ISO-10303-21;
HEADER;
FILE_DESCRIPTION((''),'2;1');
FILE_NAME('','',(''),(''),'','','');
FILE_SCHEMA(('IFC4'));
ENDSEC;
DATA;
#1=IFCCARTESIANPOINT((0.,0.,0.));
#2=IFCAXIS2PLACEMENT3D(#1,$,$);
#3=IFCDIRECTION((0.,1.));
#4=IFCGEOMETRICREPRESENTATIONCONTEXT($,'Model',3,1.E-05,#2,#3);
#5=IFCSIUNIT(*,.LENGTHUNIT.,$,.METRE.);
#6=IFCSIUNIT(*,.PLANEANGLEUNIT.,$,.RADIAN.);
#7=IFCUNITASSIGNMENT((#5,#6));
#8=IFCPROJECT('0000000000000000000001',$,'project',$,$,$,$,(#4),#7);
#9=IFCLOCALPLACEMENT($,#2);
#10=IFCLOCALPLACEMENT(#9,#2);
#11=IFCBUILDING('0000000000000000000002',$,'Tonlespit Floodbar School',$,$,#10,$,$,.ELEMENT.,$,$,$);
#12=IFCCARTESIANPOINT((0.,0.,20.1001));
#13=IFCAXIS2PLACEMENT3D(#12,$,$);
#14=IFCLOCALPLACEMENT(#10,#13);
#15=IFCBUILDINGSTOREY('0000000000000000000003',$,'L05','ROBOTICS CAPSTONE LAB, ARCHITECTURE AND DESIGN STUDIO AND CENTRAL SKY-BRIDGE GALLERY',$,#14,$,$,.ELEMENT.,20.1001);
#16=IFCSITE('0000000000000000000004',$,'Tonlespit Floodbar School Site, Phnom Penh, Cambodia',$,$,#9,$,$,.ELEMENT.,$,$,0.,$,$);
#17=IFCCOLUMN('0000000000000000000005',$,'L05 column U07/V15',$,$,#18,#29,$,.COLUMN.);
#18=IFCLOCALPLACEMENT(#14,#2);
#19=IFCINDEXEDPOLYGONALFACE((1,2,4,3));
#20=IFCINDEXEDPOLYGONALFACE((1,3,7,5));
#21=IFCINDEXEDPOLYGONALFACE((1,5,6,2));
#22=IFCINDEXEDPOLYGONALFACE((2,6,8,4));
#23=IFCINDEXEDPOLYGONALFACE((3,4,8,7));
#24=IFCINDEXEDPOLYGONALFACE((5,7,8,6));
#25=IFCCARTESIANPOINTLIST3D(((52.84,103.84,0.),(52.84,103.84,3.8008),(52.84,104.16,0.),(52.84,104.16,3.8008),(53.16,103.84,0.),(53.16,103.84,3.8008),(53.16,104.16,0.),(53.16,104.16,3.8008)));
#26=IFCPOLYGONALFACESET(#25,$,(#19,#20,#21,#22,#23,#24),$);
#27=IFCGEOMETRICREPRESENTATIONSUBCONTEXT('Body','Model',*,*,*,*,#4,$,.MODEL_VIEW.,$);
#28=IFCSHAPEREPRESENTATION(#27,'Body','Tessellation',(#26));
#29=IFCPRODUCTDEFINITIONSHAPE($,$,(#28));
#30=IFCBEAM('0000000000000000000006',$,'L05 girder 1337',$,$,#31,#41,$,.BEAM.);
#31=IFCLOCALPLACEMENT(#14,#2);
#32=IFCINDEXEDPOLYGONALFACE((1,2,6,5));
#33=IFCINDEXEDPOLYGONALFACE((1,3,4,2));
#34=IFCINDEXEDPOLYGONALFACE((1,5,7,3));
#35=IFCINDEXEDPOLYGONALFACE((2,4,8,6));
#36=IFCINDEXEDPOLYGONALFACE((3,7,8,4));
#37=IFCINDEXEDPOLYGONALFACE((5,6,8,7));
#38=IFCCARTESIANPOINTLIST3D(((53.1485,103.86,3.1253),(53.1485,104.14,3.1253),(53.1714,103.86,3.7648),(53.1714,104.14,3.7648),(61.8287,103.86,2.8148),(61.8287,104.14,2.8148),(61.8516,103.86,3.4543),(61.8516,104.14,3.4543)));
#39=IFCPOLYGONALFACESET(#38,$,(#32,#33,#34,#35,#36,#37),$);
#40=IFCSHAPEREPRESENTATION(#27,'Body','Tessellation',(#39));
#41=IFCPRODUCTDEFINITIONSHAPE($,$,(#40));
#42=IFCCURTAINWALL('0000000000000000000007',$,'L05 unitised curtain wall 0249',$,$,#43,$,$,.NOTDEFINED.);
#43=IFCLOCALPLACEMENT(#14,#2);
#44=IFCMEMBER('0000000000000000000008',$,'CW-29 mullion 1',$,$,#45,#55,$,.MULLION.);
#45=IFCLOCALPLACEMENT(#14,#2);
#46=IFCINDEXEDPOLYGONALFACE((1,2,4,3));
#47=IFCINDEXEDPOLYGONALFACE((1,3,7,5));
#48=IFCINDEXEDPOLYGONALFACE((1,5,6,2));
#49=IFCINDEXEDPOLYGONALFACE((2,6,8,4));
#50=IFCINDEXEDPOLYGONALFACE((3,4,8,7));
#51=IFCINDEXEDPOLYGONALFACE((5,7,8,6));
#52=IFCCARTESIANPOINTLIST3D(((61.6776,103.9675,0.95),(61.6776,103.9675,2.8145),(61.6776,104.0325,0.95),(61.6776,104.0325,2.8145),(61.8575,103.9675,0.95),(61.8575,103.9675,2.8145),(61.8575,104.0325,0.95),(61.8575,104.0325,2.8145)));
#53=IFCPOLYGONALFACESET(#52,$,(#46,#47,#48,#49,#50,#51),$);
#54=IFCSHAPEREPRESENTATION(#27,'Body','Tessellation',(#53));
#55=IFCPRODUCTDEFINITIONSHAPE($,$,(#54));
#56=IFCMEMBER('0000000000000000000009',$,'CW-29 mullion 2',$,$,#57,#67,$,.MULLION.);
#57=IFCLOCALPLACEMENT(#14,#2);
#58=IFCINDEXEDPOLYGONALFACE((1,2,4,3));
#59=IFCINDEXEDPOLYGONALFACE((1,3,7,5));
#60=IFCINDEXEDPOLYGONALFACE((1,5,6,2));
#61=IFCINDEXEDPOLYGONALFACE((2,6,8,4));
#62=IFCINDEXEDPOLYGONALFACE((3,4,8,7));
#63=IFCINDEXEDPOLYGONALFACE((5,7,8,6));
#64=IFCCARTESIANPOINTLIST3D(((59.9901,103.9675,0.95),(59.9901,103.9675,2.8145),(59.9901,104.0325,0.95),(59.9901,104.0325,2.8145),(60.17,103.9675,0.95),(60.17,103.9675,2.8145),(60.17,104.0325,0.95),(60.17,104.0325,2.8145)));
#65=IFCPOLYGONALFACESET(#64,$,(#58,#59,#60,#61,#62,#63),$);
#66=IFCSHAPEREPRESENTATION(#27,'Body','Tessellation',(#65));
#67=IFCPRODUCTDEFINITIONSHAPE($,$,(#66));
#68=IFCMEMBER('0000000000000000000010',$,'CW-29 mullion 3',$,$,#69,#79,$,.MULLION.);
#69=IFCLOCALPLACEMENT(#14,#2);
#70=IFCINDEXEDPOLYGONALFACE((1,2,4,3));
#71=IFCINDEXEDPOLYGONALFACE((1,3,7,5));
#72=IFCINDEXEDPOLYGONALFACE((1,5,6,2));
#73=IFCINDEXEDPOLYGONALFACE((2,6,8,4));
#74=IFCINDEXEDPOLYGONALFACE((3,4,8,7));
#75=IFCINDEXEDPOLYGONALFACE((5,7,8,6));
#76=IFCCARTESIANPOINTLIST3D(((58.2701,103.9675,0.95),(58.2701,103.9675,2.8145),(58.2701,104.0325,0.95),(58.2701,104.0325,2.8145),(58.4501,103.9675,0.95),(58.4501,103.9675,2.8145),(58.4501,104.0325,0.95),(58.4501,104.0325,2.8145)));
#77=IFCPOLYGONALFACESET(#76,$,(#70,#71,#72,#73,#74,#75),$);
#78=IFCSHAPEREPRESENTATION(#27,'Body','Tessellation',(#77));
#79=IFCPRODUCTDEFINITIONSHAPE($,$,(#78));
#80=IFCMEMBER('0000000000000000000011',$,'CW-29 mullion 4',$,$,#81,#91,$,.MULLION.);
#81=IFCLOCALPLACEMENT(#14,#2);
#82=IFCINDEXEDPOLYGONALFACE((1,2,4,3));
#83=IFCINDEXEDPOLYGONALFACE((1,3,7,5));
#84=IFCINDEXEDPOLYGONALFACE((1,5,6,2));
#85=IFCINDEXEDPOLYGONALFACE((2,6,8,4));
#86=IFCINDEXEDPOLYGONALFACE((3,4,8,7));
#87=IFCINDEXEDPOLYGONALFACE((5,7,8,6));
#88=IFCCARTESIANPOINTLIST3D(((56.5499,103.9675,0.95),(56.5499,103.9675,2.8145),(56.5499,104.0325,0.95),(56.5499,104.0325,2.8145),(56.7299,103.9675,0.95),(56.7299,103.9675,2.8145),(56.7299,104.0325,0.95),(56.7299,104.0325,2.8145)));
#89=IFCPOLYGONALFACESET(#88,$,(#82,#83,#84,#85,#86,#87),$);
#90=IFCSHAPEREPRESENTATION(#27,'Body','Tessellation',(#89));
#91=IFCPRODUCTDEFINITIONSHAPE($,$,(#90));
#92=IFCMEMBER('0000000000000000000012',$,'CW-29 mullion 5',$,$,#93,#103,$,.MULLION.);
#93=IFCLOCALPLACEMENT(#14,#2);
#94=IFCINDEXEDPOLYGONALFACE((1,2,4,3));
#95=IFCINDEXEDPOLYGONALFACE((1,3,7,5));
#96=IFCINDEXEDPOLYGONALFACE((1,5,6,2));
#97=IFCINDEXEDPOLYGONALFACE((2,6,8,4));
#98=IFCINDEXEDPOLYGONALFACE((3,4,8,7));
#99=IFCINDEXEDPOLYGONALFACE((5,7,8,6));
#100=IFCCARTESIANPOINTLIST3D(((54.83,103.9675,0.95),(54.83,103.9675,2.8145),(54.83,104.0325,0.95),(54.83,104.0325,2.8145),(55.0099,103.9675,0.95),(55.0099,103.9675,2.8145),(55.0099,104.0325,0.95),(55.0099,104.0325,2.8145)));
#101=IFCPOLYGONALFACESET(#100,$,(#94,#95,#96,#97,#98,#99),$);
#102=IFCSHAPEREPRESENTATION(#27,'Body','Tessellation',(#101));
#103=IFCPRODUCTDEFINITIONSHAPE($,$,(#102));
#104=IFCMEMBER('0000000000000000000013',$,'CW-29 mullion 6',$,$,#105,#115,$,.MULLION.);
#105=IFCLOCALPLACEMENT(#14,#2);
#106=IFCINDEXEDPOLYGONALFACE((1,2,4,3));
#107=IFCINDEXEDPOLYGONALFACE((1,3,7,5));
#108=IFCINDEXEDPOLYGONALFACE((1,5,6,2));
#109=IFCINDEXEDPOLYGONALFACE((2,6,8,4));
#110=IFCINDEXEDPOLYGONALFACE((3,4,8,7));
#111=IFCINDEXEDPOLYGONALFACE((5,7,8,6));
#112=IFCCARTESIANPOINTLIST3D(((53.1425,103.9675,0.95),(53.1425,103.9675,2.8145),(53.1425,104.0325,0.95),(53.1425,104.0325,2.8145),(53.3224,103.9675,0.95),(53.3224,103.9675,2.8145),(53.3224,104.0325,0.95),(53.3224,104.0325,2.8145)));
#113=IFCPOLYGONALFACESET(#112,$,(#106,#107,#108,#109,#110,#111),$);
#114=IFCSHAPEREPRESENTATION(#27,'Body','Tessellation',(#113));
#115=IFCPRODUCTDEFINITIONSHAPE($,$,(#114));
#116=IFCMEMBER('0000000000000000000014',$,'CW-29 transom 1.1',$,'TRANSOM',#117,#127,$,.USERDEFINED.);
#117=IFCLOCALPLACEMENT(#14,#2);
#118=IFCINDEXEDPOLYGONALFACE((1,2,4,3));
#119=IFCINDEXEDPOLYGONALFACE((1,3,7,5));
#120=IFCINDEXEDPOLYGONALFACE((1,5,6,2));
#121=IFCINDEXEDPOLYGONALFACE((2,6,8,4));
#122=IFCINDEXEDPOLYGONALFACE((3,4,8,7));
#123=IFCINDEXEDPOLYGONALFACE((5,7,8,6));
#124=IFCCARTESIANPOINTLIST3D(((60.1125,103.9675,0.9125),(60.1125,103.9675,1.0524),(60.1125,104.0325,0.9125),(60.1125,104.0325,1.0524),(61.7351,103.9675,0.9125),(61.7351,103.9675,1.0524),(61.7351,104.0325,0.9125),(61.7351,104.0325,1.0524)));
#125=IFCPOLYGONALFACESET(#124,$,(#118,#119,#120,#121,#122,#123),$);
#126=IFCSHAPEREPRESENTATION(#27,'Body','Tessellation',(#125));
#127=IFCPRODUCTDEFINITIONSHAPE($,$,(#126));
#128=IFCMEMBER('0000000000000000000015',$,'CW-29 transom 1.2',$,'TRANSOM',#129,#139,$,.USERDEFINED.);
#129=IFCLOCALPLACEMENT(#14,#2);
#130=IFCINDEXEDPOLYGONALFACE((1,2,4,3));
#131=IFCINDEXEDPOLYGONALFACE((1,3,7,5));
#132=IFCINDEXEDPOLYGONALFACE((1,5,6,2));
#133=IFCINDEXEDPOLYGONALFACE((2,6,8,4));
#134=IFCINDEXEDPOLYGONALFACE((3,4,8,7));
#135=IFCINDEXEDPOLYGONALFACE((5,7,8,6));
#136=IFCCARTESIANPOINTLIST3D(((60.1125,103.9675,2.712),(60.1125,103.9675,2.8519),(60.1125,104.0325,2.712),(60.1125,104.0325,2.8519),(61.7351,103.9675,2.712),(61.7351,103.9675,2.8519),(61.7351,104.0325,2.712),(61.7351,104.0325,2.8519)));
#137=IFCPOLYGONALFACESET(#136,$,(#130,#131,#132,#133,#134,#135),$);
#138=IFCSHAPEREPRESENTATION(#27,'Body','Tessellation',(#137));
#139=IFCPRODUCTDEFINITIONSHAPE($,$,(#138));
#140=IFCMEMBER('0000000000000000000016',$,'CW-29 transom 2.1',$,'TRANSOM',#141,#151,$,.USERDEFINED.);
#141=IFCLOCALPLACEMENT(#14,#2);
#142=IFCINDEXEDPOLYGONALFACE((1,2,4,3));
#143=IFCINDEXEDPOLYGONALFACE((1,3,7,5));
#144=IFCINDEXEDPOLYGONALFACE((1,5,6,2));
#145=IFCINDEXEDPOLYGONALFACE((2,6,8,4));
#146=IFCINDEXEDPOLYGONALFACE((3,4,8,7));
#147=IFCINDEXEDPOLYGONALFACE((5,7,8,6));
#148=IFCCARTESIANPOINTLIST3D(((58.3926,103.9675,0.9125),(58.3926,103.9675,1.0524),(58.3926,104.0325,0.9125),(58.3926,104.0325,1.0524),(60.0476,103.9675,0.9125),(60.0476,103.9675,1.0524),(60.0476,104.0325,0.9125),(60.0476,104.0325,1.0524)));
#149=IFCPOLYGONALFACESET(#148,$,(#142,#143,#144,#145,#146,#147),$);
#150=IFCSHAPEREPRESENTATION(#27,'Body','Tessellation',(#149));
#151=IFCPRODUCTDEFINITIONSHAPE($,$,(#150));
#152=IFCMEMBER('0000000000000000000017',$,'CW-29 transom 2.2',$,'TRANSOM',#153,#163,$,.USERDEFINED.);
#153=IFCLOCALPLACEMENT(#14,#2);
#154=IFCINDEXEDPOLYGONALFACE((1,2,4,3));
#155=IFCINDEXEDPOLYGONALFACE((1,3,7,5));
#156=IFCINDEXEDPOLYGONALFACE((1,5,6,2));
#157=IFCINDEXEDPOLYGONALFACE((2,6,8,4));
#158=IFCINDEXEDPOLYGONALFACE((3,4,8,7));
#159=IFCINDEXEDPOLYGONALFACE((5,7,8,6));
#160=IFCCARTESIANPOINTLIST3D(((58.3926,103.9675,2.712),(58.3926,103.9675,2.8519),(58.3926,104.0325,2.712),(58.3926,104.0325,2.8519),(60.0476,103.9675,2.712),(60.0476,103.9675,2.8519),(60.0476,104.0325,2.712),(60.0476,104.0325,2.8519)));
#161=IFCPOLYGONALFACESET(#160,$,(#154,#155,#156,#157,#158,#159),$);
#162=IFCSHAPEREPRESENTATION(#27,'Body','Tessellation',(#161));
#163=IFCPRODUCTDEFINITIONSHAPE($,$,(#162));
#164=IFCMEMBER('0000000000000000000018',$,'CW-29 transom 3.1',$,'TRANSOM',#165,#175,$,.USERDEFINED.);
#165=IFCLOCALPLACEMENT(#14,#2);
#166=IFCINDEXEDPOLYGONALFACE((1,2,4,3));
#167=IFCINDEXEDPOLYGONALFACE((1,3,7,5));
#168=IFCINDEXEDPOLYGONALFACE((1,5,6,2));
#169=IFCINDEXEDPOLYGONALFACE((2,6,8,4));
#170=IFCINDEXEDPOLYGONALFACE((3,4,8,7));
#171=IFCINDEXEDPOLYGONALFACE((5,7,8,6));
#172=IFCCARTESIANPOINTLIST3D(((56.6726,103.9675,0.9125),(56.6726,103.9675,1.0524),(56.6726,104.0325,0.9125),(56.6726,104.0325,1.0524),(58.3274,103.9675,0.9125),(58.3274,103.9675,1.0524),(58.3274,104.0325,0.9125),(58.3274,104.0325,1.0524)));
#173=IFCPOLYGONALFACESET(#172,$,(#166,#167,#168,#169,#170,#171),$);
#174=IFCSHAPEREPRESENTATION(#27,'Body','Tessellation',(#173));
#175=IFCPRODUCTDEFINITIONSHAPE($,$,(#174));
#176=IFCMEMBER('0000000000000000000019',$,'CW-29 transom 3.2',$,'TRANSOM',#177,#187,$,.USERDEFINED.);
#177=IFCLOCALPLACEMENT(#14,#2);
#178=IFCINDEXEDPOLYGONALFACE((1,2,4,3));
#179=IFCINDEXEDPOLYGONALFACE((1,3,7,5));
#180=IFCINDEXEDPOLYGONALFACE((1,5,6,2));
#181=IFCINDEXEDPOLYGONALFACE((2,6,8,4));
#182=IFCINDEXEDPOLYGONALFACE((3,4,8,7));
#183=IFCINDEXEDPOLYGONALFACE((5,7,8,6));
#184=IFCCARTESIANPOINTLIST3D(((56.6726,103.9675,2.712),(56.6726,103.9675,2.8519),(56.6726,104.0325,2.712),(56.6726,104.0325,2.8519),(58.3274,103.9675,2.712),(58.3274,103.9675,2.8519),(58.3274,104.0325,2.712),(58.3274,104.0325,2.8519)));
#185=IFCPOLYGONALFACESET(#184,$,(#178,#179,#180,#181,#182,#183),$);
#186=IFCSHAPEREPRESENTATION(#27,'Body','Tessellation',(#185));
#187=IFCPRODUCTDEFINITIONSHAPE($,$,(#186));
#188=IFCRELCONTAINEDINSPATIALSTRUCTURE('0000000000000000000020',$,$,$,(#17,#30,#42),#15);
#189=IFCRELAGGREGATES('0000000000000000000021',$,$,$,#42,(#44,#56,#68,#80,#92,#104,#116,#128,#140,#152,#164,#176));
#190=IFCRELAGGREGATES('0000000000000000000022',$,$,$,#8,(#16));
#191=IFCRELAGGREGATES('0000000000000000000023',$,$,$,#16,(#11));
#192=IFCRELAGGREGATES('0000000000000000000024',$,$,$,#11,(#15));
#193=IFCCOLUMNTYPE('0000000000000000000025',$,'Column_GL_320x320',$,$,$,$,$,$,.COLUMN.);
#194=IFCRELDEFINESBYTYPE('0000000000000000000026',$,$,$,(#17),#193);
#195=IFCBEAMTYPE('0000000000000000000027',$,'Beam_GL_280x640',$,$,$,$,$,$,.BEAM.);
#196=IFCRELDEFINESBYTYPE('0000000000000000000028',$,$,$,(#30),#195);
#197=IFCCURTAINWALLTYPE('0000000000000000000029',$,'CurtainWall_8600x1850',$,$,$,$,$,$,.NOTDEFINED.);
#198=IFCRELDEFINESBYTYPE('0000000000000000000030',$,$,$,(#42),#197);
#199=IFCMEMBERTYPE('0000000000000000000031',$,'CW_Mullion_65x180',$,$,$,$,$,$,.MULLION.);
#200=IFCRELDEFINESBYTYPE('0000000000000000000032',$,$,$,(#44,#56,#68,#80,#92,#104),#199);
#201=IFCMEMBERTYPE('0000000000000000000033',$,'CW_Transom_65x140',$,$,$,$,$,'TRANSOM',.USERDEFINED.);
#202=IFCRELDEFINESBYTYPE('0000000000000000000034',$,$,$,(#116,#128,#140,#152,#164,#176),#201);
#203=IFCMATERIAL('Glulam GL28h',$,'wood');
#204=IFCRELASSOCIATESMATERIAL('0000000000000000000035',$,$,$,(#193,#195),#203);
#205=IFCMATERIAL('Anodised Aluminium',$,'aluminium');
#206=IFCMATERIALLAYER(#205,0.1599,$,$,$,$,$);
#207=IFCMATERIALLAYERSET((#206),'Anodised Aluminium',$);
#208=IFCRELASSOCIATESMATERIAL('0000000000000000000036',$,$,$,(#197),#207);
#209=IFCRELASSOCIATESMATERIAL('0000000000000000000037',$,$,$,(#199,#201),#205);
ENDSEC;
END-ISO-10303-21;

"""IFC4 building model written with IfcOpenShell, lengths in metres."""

from ifc_helpers import new_model, si_unit, direction, frame, origin, origin_2d, place, context, subcontext, project, spatial, rectangle, extrude, material, layer, layer_set, material_profile, profile_set, type_object, element, aggregate, save


model = new_model("IFC4")

# Units and contexts
model_context = context("Model", 3, precision=1e-05, world=origin(), true_north=direction((0.0, 1.0)))
body_context = subcontext(model_context, "Body", "Model", "MODEL_VIEW")
ifc_project = project(units=[si_unit("LENGTHUNIT", "METRE"), si_unit("PLANEANGLEUNIT", "RADIAN")], contexts=[model_context])

# Site, building, storey
site_placement = place(None, origin())
site = spatial("IfcSite", under=ifc_project, at=site_placement, Name="Tonlespit Floodbar School Site, Phnom Penh, Cambodia", CompositionType="ELEMENT", RefElevation=0.0)
building_placement = place(site_placement, origin())
building = spatial("IfcBuilding", under=site, at=building_placement, Name="Tonlespit Floodbar School", CompositionType="ELEMENT")
storey_placement = place(building_placement, frame((0.0, 0.0, 20.1001)))
storey = spatial("IfcBuildingStorey", under=building, at=storey_placement, Name="L05", Description="ROBOTICS CAPSTONE LAB, ARCHITECTURE AND DESIGN STUDIO AND CENTRAL SKY-BRIDGE GALLERY", CompositionType="ELEMENT", Elevation=20.1001)

# Column
ifc_material_1 = material(Name="Glulam GL28h", Category="wood")
ifc_material_profile_1 = material_profile(ifc_material_1, rectangle(XDim=0.3201, YDim=0.3201, at=origin_2d()), Name="GL 320x320")
ifc_profile_set_1 = profile_set([ifc_material_profile_1], Name="Glulam GL28h")
column_type = type_object("IfcColumnType", Name="Column_GL_320x320", PredefinedType="COLUMN", material=ifc_profile_set_1)
column_placement = place(storey_placement, frame((53.0, 104.0, 0.0), z_axis=(0.0, 0.0, 1.0), x_axis=(1.0, 0.0, 0.0)))
element("IfcColumn", 1, at=column_placement, inside=storey, type_object=column_type, Name="L05 column U07/V15", PredefinedType="COLUMN", context=body_context, shape_type="SweptSolid", body=[
    extrude(rectangle(XDim=0.3201, YDim=0.3201, at=origin_2d()), origin(), (0.0, 0.0, 1.0), 3.8008),
])

# Beam
ifc_material_profile_2 = material_profile(ifc_material_1, rectangle(XDim=0.28, YDim=0.6399, at=origin_2d()), Name="GL 280x640")
ifc_profile_set_2 = profile_set([ifc_material_profile_2], Name="Glulam GL28h")
beam_type = type_object("IfcBeamType", Name="Beam_GL_280x640", PredefinedType="BEAM", material=ifc_profile_set_2)
beam_placement = place(storey_placement, frame((53.1599, 104.0, 3.4451), z_axis=(0.999361, 0.0, -0.035754), x_axis=(0.0, 1.0, 0.0)))
element("IfcBeam", 2, at=beam_placement, inside=storey, type_object=beam_type, Name="L05 girder 1337", PredefinedType="BEAM", context=body_context, shape_type="SweptSolid", body=[
    extrude(rectangle(XDim=0.28, YDim=0.6399, at=origin_2d()), origin(), (0.0, 0.0, 1.0), 8.6858),
])

# Curtain wall, members
ifc_material_2 = material(Name="Anodised Aluminium", Category="aluminium")
ifc_layer_1 = layer(ifc_material_2, 0.1599)
ifc_layer_set_1 = layer_set([ifc_layer_1], Name="Anodised Aluminium")
curtain_wall_type = type_object("IfcCurtainWallType", Name="CurtainWall_8600x1850", PredefinedType="NOTDEFINED", material=ifc_layer_set_1)
curtain_wall_placement = place(storey_placement, origin())
curtain_wall = element("IfcCurtainWall", 3, at=curtain_wall_placement, inside=storey, type_object=curtain_wall_type, Name="L05 unitised curtain wall 0249", PredefinedType="NOTDEFINED")
ifc_material_profile_3 = material_profile(ifc_material_2, rectangle(XDim=0.0649, YDim=0.1799, at=origin_2d()), Name="ALU M65x180")
ifc_profile_set_3 = profile_set([ifc_material_profile_3], Name="Anodised Aluminium")
member_type_1 = type_object("IfcMemberType", Name="CW_Mullion_65x180", PredefinedType="MULLION", material=ifc_profile_set_3)
member_1_placement = place(storey_placement, frame((61.7676, 104.0, 0.95), z_axis=(0.0, 0.0, 1.0), x_axis=(0.0, -1.0, 0.0)))
member_1 = element("IfcMember", 4, at=member_1_placement, type_object=member_type_1, Name="CW-29 mullion 1", PredefinedType="MULLION", context=body_context, shape_type="SweptSolid", body=[
    extrude(rectangle(XDim=0.0649, YDim=0.1799, at=origin_2d()), origin(), (0.0, 0.0, 1.0), 1.8645),
])
member_2_placement = place(storey_placement, frame((60.0801, 104.0, 0.95), z_axis=(0.0, 0.0, 1.0), x_axis=(0.0, -1.0, 0.0)))
member_2 = element("IfcMember", 5, at=member_2_placement, type_object=member_type_1, Name="CW-29 mullion 2", PredefinedType="MULLION", context=body_context, shape_type="SweptSolid", body=[
    extrude(rectangle(XDim=0.0649, YDim=0.1799, at=origin_2d()), origin(), (0.0, 0.0, 1.0), 1.8645),
])
member_3_placement = place(storey_placement, frame((58.3601, 104.0, 0.95), z_axis=(0.0, 0.0, 1.0), x_axis=(0.0, -1.0, 0.0)))
member_3 = element("IfcMember", 6, at=member_3_placement, type_object=member_type_1, Name="CW-29 mullion 3", PredefinedType="MULLION", context=body_context, shape_type="SweptSolid", body=[
    extrude(rectangle(XDim=0.0649, YDim=0.1799, at=origin_2d()), origin(), (0.0, 0.0, 1.0), 1.8645),
])
member_4_placement = place(storey_placement, frame((56.6399, 104.0, 0.95), z_axis=(0.0, 0.0, 1.0), x_axis=(0.0, -1.0, 0.0)))
member_4 = element("IfcMember", 7, at=member_4_placement, type_object=member_type_1, Name="CW-29 mullion 4", PredefinedType="MULLION", context=body_context, shape_type="SweptSolid", body=[
    extrude(rectangle(XDim=0.0649, YDim=0.1799, at=origin_2d()), origin(), (0.0, 0.0, 1.0), 1.8645),
])
member_5_placement = place(storey_placement, frame((54.9199, 104.0, 0.95), z_axis=(0.0, 0.0, 1.0), x_axis=(0.0, -1.0, 0.0)))
member_5 = element("IfcMember", 8, at=member_5_placement, type_object=member_type_1, Name="CW-29 mullion 5", PredefinedType="MULLION", context=body_context, shape_type="SweptSolid", body=[
    extrude(rectangle(XDim=0.0649, YDim=0.1799, at=origin_2d()), origin(), (0.0, 0.0, 1.0), 1.8645),
])
member_6_placement = place(storey_placement, frame((53.2324, 104.0, 0.95), z_axis=(0.0, 0.0, 1.0), x_axis=(0.0, -1.0, 0.0)))
member_6 = element("IfcMember", 9, at=member_6_placement, type_object=member_type_1, Name="CW-29 mullion 6", PredefinedType="MULLION", context=body_context, shape_type="SweptSolid", body=[
    extrude(rectangle(XDim=0.0649, YDim=0.1799, at=origin_2d()), origin(), (0.0, 0.0, 1.0), 1.8645),
])
ifc_material_profile_4 = material_profile(ifc_material_2, rectangle(XDim=0.0649, YDim=0.1399, at=origin_2d()), Name="ALU T65x140")
ifc_profile_set_4 = profile_set([ifc_material_profile_4], Name="Anodised Aluminium")
member_type_2 = type_object("IfcMemberType", Name="CW_Transom_65x140", ElementType="TRANSOM", PredefinedType="USERDEFINED", material=ifc_profile_set_4)
member_7_placement = place(storey_placement, frame((61.7351, 104.0, 0.9824), z_axis=(-1.0, 0.0, 0.0), x_axis=(0.0, -1.0, 0.0)))
member_7 = element("IfcMember", 10, at=member_7_placement, type_object=member_type_2, Name="CW-29 transom 1.1", ObjectType="TRANSOM", PredefinedType="USERDEFINED", context=body_context, shape_type="SweptSolid", body=[
    extrude(rectangle(XDim=0.0649, YDim=0.1399, at=origin_2d()), origin(), (0.0, 0.0, 1.0), 1.6226),
])
member_8_placement = place(storey_placement, frame((61.7351, 104.0, 2.782), z_axis=(-1.0, 0.0, 0.0), x_axis=(0.0, -1.0, 0.0)))
member_8 = element("IfcMember", 11, at=member_8_placement, type_object=member_type_2, Name="CW-29 transom 1.2", ObjectType="TRANSOM", PredefinedType="USERDEFINED", context=body_context, shape_type="SweptSolid", body=[
    extrude(rectangle(XDim=0.0649, YDim=0.1399, at=origin_2d()), origin(), (0.0, 0.0, 1.0), 1.6226),
])
member_9_placement = place(storey_placement, frame((60.0476, 104.0, 0.9824), z_axis=(-1.0, 0.0, 0.0), x_axis=(0.0, -1.0, 0.0)))
member_9 = element("IfcMember", 12, at=member_9_placement, type_object=member_type_2, Name="CW-29 transom 2.1", ObjectType="TRANSOM", PredefinedType="USERDEFINED", context=body_context, shape_type="SweptSolid", body=[
    extrude(rectangle(XDim=0.0649, YDim=0.1399, at=origin_2d()), origin(), (0.0, 0.0, 1.0), 1.655),
])
member_10_placement = place(storey_placement, frame((60.0476, 104.0, 2.782), z_axis=(-1.0, 0.0, 0.0), x_axis=(0.0, -1.0, 0.0)))
member_10 = element("IfcMember", 13, at=member_10_placement, type_object=member_type_2, Name="CW-29 transom 2.2", ObjectType="TRANSOM", PredefinedType="USERDEFINED", context=body_context, shape_type="SweptSolid", body=[
    extrude(rectangle(XDim=0.0649, YDim=0.1399, at=origin_2d()), origin(), (0.0, 0.0, 1.0), 1.655),
])
member_11_placement = place(storey_placement, frame((58.3274, 104.0, 0.9824), z_axis=(-1.0, 0.0, 0.0), x_axis=(0.0, -1.0, 0.0)))
member_11 = element("IfcMember", 14, at=member_11_placement, type_object=member_type_2, Name="CW-29 transom 3.1", ObjectType="TRANSOM", PredefinedType="USERDEFINED", context=body_context, shape_type="SweptSolid", body=[
    extrude(rectangle(XDim=0.0649, YDim=0.1399, at=origin_2d()), origin(), (0.0, 0.0, 1.0), 1.6548),
])
member_12_placement = place(storey_placement, frame((58.3274, 104.0, 2.782), z_axis=(-1.0, 0.0, 0.0), x_axis=(0.0, -1.0, 0.0)))
member_12 = element("IfcMember", 15, at=member_12_placement, type_object=member_type_2, Name="CW-29 transom 3.2", ObjectType="TRANSOM", PredefinedType="USERDEFINED", context=body_context, shape_type="SweptSolid", body=[
    extrude(rectangle(XDim=0.0649, YDim=0.1399, at=origin_2d()), origin(), (0.0, 0.0, 1.0), 1.6548),
])
aggregate(curtain_wall, [member_1, member_2, member_3, member_4, member_5, member_6, member_7, member_8, member_9, member_10, member_11, member_12])

save(model, "model.ifc")
